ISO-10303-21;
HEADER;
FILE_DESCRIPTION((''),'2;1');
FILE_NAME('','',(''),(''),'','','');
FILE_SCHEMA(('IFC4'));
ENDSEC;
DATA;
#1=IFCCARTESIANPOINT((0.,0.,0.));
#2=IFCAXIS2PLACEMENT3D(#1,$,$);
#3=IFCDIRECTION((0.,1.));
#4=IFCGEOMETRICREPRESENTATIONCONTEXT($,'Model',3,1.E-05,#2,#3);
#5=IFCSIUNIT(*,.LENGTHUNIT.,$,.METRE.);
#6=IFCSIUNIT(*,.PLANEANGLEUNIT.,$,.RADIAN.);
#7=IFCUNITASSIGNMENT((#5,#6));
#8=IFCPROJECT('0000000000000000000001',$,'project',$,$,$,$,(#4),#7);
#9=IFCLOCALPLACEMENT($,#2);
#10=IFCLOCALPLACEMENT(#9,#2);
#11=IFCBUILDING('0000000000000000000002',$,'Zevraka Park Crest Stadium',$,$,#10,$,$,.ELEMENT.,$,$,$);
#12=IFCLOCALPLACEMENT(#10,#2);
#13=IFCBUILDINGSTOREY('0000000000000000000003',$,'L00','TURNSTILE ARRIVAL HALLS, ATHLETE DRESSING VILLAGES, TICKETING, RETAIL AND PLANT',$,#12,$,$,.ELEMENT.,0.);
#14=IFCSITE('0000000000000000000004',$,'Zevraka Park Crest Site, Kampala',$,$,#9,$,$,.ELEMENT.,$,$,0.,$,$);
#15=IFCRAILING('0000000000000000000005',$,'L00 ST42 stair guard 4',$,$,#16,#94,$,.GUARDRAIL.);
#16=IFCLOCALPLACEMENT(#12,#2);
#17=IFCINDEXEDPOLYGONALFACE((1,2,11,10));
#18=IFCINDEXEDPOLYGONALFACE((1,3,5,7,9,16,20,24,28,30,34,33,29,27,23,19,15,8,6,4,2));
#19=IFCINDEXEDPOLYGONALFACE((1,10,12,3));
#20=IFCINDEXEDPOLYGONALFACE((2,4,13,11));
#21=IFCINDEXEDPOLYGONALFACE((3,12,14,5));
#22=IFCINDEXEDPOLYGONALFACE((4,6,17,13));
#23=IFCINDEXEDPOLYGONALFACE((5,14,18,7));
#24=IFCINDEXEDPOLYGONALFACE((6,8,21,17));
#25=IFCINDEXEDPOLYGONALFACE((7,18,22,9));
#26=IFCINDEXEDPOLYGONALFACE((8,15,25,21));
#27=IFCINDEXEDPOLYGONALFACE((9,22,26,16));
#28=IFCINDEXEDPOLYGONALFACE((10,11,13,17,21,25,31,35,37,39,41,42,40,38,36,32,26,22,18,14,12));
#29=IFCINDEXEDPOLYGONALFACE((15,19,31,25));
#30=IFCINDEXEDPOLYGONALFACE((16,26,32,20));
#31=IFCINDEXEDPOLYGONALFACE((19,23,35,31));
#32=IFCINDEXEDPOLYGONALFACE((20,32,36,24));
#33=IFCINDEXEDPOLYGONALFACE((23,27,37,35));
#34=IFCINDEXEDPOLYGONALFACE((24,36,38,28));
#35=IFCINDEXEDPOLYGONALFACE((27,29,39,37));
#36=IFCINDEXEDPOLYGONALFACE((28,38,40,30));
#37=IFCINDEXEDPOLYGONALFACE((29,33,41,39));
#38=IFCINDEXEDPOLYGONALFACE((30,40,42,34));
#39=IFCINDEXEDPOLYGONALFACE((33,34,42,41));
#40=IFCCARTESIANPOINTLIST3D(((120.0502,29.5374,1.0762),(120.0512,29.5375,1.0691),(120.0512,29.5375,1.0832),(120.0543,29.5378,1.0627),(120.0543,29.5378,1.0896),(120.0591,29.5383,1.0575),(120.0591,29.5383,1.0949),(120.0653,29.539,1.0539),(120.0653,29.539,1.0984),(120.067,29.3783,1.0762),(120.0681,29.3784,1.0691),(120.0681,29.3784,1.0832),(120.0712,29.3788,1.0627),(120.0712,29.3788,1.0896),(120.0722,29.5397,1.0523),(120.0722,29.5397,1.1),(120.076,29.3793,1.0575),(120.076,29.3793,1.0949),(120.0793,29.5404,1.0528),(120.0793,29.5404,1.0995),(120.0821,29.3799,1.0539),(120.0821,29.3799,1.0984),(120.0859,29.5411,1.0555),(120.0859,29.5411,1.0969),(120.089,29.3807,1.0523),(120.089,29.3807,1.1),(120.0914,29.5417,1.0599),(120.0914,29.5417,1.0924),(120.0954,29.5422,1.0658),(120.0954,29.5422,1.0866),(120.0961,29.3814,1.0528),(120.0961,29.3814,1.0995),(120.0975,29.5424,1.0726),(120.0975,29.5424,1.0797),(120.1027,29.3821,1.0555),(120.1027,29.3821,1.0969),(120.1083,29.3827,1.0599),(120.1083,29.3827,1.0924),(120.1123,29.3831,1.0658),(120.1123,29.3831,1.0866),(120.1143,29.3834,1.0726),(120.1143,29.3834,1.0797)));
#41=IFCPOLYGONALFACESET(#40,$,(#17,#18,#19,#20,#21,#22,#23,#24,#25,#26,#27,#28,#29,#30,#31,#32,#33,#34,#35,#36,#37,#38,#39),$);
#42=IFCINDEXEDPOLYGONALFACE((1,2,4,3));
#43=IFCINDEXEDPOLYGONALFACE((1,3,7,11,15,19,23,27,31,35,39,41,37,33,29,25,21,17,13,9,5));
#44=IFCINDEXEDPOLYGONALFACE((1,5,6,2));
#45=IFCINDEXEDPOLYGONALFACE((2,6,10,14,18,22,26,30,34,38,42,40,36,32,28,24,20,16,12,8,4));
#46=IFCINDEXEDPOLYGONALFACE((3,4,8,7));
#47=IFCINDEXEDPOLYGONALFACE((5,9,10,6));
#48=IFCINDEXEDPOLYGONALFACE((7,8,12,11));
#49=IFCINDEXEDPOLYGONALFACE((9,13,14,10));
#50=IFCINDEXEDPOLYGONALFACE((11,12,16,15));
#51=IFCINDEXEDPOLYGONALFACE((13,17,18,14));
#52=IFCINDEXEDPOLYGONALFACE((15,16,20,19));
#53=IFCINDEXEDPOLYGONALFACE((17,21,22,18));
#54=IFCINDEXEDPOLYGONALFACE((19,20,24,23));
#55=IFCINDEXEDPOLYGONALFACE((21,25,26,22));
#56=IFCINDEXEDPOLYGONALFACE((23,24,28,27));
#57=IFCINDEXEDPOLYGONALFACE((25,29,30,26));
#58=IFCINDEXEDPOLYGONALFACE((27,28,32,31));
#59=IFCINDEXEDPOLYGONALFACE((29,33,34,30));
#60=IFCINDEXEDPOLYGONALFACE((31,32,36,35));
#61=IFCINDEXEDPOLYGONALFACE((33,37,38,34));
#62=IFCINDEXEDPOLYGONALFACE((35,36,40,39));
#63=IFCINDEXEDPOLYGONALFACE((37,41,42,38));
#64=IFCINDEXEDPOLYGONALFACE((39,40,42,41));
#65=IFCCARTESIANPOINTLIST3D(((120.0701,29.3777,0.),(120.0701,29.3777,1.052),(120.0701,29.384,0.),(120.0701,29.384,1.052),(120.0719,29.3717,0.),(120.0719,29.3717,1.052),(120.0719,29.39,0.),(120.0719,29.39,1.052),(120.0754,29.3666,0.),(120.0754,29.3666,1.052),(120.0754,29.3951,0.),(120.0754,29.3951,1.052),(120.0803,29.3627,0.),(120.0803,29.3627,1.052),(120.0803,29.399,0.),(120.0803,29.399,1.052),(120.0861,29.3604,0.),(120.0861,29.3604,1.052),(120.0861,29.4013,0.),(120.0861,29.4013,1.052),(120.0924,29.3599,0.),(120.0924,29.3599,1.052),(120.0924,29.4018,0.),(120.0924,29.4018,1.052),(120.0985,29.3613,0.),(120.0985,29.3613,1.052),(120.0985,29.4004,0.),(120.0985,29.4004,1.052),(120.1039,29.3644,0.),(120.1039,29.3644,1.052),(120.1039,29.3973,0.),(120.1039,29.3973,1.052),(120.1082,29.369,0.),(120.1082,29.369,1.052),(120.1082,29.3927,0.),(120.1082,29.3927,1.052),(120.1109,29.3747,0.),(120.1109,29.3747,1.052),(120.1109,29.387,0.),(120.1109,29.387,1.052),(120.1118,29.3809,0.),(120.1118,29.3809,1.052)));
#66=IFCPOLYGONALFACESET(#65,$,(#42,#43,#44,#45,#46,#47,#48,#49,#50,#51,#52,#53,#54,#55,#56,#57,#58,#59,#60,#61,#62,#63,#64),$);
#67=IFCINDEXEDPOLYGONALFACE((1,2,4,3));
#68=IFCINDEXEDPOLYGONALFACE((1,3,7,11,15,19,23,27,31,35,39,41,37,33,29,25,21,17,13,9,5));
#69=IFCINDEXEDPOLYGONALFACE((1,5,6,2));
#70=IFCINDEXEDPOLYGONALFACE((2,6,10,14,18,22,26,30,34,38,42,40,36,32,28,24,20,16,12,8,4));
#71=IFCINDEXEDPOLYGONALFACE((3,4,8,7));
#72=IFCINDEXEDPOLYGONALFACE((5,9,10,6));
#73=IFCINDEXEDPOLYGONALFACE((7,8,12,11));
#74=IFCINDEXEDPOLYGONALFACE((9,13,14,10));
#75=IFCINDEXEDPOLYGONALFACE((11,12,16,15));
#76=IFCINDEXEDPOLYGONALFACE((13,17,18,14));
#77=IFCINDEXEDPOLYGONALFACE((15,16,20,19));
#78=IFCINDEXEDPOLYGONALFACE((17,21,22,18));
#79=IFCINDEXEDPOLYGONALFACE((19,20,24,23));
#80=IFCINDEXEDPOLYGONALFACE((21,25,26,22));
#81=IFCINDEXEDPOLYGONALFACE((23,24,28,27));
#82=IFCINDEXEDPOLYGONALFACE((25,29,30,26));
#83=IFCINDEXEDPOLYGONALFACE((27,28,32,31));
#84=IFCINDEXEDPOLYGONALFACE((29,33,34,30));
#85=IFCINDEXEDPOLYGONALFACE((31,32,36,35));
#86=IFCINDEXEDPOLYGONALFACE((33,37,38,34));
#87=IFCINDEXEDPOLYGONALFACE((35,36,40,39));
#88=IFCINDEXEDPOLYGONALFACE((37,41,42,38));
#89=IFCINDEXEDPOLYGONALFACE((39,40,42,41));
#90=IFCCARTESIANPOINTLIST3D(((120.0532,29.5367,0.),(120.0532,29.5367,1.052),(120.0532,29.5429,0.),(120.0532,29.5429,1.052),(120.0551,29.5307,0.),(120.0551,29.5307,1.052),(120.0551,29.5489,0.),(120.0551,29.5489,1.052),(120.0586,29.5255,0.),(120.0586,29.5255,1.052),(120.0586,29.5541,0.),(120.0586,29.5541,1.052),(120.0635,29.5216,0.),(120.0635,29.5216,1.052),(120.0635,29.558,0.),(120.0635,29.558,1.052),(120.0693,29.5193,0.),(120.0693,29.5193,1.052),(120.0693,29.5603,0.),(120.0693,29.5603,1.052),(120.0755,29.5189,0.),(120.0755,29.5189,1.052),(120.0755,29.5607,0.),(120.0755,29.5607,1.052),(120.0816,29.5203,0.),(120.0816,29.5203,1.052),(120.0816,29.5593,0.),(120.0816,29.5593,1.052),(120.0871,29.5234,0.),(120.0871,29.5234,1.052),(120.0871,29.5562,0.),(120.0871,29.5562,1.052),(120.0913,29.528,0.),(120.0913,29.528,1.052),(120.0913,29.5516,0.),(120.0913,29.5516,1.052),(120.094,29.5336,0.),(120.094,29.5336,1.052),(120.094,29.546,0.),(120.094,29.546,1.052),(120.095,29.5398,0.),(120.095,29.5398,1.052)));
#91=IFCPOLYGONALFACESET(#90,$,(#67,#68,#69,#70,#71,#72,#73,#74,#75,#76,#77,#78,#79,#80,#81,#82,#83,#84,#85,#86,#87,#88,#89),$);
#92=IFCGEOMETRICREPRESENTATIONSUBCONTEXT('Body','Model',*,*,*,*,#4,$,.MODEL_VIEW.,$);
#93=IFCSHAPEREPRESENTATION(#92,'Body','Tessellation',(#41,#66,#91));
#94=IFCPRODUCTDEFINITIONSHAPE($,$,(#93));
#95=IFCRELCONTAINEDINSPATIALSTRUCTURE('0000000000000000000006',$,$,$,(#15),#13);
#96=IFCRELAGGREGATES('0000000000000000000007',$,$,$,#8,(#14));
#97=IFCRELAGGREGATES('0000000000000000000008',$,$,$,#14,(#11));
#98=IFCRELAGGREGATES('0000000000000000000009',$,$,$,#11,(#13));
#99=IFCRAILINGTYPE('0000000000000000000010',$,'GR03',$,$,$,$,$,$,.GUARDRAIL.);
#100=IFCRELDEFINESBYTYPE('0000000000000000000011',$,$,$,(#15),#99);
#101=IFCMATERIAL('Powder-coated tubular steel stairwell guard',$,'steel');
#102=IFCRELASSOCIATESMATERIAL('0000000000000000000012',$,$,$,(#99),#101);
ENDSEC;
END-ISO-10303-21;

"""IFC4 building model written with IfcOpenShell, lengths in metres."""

from ifc_helpers import new_model, si_unit, direction, frame, origin, origin_2d, place, context, subcontext, project, spatial, circle, extrude, material, type_object, element, save


model = new_model("IFC4")

# Units and contexts
model_context = context("Model", 3, precision=1e-05, world=origin(), true_north=direction((0.0, 1.0)))
body_context = subcontext(model_context, "Body", "Model", "MODEL_VIEW")
ifc_project = project(units=[si_unit("LENGTHUNIT", "METRE"), si_unit("PLANEANGLEUNIT", "RADIAN")], contexts=[model_context])

# Site, building, storey
site_placement = place(None, origin())
site = spatial("IfcSite", under=ifc_project, at=site_placement, Name="Zevraka Park Crest Site, Kampala", CompositionType="ELEMENT", RefElevation=0.0)
building_placement = place(site_placement, origin())
building = spatial("IfcBuilding", under=site, at=building_placement, Name="Zevraka Park Crest Stadium", CompositionType="ELEMENT")
storey_placement = place(building_placement, origin())
storey = spatial("IfcBuildingStorey", under=building, at=storey_placement, Name="L00", Description="TURNSTILE ARRIVAL HALLS, ATHLETE DRESSING VILLAGES, TICKETING, RETAIL AND PLANT", CompositionType="ELEMENT", Elevation=0.0)

# Railing
ifc_material_1 = material(Name="Powder-coated tubular steel stairwell guard", Category="steel")
railing_type_1 = type_object("IfcRailingType", Name="GR03", PredefinedType="GUARDRAIL", material=ifc_material_1)
railing_1_placement = place(storey_placement, frame((120.0908, 29.3809, 0.0)))
element("IfcRailing", 1, at=railing_1_placement, inside=storey, type_object=railing_type_1, Name="L00 ST42 stair guard 4", PredefinedType="GUARDRAIL", context=body_context, shape_type="SweptSolid", body=[
    extrude(circle(Radius=0.0239, at=origin_2d()), frame((0.0, 0.0, 1.0762), z_axis=(-0.1054, 0.99443, 0.0), x_axis=(-0.99443, -0.1054, 0.0)), (0.0, 0.0, 1.0), 0.1599),
    extrude(circle(Radius=0.021, at=origin_2d()), origin(), (0.0, 0.0, 1.0), 1.052),
    extrude(circle(Radius=0.021, at=origin_2d()), frame((-0.0168, 0.1589, 0.0)), (0.0, 0.0, 1.0), 1.052),
])

save(model, "model.ifc")
